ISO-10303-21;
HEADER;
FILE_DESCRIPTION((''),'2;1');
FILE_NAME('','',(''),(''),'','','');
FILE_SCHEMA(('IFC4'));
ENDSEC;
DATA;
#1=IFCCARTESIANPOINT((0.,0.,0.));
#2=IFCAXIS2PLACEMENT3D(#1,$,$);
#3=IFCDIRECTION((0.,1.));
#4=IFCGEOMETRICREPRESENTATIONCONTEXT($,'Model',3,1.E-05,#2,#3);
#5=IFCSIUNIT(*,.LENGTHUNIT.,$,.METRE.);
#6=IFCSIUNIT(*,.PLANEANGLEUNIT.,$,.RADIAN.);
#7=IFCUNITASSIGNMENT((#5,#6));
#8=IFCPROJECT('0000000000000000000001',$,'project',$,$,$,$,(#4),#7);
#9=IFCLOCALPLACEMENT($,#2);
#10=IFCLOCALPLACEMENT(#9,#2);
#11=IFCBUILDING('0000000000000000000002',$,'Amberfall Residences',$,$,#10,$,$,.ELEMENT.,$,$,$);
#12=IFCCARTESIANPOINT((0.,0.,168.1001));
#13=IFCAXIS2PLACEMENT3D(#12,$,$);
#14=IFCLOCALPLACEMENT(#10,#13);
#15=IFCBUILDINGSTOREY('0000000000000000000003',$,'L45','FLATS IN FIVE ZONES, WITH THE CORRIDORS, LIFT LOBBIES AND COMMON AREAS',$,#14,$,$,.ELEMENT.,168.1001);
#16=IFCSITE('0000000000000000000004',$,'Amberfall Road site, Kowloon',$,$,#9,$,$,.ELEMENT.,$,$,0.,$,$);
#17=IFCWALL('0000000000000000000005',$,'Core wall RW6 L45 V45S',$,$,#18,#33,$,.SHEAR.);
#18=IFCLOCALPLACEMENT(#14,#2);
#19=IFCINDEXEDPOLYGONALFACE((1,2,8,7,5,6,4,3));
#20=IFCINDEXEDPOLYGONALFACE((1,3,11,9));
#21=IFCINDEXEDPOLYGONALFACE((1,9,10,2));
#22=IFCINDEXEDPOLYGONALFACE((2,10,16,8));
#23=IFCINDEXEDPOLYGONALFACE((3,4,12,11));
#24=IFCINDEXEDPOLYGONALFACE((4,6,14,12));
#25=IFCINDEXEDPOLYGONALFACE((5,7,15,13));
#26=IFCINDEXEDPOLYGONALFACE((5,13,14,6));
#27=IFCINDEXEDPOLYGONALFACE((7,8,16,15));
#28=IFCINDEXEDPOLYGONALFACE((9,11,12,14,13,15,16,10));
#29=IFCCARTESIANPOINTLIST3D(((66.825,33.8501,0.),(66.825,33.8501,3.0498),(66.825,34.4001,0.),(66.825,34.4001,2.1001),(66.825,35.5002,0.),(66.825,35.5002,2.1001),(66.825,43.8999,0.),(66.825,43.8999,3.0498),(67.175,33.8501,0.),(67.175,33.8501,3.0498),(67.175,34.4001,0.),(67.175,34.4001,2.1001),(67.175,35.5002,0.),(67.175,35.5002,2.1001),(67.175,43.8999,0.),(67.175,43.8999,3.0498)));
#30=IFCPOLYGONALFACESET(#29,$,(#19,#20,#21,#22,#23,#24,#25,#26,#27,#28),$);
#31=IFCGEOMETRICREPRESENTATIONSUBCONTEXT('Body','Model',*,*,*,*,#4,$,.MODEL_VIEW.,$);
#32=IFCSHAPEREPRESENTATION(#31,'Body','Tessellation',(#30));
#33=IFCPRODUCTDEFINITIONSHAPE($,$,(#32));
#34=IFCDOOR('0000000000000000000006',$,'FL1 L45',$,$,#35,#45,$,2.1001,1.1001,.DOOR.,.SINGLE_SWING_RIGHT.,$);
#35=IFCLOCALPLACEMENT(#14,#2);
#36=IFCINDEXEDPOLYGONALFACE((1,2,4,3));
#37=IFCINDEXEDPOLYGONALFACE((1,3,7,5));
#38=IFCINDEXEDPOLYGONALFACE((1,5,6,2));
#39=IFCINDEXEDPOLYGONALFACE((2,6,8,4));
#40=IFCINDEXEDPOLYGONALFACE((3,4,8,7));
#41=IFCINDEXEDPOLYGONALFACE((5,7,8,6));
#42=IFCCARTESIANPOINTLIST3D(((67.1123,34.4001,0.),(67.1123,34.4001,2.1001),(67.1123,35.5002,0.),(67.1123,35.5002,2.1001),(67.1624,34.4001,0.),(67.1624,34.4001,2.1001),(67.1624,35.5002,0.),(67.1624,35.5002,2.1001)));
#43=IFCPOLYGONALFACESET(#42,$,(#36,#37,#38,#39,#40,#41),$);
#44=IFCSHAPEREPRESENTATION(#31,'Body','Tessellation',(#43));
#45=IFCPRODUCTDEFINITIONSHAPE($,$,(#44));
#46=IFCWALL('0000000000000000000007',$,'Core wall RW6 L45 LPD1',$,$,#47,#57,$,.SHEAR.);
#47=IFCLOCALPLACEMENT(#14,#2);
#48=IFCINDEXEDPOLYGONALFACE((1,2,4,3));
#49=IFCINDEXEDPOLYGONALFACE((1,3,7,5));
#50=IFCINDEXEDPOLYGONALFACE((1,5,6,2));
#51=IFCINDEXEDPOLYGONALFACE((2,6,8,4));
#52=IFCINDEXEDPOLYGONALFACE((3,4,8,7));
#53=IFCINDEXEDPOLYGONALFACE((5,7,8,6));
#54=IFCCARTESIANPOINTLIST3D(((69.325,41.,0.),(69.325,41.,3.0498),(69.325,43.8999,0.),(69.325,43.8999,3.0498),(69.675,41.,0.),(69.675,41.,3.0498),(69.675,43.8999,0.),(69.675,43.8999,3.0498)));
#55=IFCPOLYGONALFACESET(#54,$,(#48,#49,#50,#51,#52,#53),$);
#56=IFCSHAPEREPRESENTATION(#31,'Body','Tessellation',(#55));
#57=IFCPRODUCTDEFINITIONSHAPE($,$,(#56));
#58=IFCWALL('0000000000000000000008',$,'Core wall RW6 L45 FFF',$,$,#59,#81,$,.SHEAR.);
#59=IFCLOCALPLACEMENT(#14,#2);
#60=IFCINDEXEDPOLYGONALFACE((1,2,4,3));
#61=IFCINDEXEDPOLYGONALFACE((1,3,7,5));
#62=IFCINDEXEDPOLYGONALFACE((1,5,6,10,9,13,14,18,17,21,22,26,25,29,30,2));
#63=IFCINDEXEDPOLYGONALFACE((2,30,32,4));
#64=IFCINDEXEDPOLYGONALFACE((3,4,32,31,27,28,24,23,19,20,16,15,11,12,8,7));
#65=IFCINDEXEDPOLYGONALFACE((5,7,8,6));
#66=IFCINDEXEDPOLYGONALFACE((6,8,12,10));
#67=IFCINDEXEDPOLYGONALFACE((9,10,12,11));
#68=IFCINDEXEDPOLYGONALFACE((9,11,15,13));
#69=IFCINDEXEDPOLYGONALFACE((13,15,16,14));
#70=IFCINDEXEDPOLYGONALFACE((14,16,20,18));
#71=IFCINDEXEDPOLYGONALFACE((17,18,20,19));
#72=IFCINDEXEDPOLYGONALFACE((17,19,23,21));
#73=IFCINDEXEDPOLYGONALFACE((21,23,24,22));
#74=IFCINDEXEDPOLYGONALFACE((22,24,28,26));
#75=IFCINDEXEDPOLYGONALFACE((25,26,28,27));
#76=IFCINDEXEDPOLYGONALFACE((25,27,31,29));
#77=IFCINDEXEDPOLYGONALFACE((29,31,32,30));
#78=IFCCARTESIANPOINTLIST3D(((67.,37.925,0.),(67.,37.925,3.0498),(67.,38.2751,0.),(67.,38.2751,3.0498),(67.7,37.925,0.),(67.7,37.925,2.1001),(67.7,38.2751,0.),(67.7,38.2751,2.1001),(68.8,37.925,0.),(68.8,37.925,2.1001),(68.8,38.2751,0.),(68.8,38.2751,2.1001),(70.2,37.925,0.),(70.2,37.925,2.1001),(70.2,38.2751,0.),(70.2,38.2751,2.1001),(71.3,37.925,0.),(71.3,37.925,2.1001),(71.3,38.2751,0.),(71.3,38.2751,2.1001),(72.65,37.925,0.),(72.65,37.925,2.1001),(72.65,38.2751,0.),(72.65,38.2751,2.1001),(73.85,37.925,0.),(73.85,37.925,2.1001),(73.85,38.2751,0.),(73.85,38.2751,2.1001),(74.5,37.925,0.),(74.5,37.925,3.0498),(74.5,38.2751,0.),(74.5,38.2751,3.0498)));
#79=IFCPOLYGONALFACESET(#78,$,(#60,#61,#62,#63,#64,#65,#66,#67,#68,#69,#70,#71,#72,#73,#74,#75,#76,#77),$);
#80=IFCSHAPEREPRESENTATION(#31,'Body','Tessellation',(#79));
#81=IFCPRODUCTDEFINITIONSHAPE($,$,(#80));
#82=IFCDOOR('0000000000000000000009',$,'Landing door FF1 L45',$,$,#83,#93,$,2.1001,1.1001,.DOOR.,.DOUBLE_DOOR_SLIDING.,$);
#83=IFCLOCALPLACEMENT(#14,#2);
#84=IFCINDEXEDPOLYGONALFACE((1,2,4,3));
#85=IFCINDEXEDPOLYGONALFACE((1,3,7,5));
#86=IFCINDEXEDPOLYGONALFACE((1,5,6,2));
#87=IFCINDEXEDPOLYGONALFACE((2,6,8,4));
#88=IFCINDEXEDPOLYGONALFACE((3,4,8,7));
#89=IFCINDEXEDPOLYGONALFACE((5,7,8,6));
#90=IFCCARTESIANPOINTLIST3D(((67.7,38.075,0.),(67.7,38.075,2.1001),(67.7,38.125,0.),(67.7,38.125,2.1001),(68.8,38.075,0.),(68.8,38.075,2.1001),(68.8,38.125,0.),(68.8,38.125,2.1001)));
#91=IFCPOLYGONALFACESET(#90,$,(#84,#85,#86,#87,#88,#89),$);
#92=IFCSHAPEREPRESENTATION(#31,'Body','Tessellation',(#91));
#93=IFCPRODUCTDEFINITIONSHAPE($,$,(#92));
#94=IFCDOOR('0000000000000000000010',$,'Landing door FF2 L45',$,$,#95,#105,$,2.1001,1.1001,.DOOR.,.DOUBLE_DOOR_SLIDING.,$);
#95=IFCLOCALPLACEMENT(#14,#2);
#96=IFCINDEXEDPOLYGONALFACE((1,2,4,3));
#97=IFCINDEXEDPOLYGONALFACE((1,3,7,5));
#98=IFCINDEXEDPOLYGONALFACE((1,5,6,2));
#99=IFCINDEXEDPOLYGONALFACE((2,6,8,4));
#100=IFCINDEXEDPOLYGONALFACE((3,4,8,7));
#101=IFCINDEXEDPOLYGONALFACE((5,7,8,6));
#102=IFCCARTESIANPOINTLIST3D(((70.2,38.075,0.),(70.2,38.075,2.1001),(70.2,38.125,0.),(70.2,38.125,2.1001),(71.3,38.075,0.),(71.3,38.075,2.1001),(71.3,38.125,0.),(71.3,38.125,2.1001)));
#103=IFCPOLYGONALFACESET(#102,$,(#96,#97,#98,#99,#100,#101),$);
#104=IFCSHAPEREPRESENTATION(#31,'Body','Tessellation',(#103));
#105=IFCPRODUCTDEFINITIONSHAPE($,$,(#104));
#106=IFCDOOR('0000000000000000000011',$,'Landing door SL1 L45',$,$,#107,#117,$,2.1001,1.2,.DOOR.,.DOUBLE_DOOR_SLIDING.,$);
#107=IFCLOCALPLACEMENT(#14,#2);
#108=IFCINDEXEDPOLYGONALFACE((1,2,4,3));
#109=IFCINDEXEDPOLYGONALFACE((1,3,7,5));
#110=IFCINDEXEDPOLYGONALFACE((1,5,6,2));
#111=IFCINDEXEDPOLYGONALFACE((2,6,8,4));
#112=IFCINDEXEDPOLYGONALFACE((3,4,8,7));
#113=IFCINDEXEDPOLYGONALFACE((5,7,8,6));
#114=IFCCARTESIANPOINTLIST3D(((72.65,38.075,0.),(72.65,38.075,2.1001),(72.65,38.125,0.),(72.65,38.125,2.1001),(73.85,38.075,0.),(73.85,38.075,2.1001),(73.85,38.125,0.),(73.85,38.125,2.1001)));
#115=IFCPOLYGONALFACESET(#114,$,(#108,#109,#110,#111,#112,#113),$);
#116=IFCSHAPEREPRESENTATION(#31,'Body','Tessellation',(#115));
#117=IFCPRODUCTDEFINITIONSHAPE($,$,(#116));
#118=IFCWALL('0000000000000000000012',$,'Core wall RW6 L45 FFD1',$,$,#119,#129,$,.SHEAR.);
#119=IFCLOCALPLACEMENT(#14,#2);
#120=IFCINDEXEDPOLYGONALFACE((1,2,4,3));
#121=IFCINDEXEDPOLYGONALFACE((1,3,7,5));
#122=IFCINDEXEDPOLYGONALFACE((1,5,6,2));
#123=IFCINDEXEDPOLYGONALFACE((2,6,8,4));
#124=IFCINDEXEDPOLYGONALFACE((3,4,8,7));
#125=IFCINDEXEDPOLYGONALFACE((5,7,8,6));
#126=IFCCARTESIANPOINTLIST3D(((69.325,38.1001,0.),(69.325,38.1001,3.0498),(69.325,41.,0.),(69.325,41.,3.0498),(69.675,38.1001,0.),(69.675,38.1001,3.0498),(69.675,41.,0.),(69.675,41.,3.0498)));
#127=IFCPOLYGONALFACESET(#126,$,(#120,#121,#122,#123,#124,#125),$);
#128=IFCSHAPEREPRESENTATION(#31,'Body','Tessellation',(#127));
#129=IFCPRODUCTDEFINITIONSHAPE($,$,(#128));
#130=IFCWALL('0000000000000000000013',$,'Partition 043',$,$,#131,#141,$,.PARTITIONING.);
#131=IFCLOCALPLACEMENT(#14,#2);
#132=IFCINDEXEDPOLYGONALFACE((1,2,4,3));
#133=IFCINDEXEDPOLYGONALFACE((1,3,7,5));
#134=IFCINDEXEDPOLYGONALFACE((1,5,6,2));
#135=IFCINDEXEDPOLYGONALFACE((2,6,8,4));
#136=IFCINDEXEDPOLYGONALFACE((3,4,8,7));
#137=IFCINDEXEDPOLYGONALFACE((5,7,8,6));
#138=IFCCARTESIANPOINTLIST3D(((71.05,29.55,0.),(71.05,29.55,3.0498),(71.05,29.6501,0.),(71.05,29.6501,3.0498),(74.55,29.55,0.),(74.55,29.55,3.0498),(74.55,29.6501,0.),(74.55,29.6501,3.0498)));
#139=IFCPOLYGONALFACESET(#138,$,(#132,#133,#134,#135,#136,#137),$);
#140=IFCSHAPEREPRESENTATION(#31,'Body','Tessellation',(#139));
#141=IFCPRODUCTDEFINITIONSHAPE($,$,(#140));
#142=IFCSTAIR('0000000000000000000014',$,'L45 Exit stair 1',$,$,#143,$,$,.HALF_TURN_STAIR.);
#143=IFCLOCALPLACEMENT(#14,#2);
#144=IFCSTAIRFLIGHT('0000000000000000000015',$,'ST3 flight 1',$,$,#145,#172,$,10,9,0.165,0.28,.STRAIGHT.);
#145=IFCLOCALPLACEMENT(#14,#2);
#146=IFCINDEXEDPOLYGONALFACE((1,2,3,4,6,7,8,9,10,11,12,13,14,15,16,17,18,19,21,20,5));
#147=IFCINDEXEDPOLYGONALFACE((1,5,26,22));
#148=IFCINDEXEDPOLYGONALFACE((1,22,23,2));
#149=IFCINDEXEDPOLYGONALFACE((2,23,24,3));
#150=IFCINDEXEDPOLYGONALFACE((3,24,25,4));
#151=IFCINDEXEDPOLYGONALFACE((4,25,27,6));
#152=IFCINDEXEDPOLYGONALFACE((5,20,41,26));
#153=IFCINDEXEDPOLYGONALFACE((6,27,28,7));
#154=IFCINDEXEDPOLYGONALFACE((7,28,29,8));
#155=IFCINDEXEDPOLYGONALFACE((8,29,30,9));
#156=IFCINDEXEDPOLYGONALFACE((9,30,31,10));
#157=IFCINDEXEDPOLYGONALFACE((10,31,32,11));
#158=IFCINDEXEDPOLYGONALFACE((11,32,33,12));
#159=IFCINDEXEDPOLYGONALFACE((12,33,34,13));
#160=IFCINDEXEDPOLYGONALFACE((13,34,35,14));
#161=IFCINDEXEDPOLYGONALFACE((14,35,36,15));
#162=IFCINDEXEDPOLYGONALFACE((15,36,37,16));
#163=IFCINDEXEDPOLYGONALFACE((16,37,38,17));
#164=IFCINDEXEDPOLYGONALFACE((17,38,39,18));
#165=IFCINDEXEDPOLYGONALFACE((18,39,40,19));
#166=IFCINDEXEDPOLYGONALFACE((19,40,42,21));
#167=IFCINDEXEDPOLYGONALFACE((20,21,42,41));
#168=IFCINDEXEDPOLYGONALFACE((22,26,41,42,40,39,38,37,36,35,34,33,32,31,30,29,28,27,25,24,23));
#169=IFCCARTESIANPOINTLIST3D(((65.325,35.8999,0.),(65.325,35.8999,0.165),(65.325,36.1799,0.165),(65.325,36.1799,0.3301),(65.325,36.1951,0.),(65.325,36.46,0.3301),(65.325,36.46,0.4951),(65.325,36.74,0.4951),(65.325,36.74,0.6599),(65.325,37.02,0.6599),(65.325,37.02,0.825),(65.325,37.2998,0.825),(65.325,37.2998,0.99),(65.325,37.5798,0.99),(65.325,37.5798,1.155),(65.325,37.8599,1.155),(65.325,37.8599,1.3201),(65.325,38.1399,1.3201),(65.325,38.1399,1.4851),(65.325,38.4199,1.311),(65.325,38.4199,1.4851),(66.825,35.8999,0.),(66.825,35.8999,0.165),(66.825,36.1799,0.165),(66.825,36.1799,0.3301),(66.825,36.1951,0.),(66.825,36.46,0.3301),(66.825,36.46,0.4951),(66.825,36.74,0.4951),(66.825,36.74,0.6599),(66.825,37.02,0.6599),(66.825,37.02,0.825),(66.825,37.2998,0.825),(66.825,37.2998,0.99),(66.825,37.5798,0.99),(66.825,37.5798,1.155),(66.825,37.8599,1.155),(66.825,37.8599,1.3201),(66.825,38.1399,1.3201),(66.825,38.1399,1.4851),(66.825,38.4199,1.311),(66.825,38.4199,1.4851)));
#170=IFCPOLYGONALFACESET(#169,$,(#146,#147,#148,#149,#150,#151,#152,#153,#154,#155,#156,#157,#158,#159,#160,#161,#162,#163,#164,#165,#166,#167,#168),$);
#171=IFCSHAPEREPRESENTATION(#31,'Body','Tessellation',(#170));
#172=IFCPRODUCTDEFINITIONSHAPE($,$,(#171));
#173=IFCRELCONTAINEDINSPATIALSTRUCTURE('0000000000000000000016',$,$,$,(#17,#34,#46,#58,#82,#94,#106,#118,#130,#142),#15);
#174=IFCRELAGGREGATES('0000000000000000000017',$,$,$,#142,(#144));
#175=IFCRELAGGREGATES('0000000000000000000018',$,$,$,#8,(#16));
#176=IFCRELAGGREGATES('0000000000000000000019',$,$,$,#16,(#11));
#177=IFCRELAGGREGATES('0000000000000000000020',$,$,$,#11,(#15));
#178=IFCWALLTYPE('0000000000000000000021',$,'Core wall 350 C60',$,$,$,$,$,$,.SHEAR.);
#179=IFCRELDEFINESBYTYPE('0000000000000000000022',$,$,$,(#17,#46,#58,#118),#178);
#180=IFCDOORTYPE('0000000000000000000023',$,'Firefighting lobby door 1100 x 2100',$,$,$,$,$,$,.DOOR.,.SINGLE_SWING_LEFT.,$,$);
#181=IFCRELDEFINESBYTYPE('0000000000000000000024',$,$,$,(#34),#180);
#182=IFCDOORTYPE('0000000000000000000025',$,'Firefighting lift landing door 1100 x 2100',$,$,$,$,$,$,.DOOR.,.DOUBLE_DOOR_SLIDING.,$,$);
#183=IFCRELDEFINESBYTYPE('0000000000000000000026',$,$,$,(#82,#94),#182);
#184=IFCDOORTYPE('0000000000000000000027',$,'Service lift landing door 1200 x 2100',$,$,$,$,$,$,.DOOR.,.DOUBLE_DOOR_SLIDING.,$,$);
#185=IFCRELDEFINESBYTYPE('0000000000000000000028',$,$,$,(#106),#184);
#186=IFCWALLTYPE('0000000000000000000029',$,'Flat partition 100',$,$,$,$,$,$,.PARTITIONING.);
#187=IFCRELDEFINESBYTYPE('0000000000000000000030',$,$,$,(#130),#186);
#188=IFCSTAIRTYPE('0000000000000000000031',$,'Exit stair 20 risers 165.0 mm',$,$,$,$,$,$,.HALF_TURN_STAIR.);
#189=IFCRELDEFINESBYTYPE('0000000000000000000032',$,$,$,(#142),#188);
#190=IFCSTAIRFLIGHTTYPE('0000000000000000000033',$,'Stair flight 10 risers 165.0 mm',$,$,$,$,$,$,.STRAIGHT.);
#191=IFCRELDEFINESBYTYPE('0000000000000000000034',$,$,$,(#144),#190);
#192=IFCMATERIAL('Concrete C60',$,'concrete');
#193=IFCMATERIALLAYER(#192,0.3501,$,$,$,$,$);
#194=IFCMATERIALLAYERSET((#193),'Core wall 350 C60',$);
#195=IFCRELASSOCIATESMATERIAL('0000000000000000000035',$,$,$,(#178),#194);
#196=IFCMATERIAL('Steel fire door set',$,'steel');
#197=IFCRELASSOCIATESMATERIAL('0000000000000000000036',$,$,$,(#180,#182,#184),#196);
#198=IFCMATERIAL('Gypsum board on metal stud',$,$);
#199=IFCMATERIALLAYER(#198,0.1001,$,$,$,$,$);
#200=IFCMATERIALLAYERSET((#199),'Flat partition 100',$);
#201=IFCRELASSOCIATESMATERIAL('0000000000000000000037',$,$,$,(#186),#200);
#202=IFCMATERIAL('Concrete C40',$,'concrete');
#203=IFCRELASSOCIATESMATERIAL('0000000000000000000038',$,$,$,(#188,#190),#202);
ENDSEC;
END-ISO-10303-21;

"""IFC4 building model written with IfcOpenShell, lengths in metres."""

from ifc_helpers import new_model, si_unit, direction, frame, frame_2d, origin, place, context, subcontext, project, spatial, polyline, rectangle, outline, extrude, material, layer, layer_set, type_object, element, fill, aggregate, save


model = new_model("IFC4")

# Units and contexts
model_context = context("Model", 3, precision=1e-05, world=origin(), true_north=direction((0.0, 1.0)))
body_context = subcontext(model_context, "Body", "Model", "MODEL_VIEW")
ifc_project = project(units=[si_unit("LENGTHUNIT", "METRE"), si_unit("PLANEANGLEUNIT", "RADIAN")], contexts=[model_context])

# Site, building, storey
site_placement = place(None, origin())
site = spatial("IfcSite", under=ifc_project, at=site_placement, Name="Amberfall Road site, Kowloon", CompositionType="ELEMENT", RefElevation=0.0)
building_placement = place(site_placement, origin())
building = spatial("IfcBuilding", under=site, at=building_placement, Name="Amberfall Residences", CompositionType="ELEMENT")
storey_placement = place(building_placement, frame((0.0, 0.0, 168.1001)))
storey = spatial("IfcBuildingStorey", under=building, at=storey_placement, Name="L45", Description="FLATS IN FIVE ZONES, WITH THE CORRIDORS, LIFT LOBBIES AND COMMON AREAS", CompositionType="ELEMENT", Elevation=168.1001)

# Wall, opening, door
ifc_material_1 = material(Name="Concrete C60", Category="concrete")
ifc_layer_1 = layer(ifc_material_1, 0.3501)
ifc_layer_set_1 = layer_set([ifc_layer_1], Name="Core wall 350 C60")
wall_type_1 = type_object("IfcWallType", Name="Core wall 350 C60", PredefinedType="SHEAR", material=ifc_layer_set_1)
wall_1_placement = place(storey_placement, frame((67.0, 33.8501, 0.0), z_axis=(0.0, 0.0, 1.0), x_axis=(0.0, 1.0, 0.0)))
wall_1 = element("IfcWall", 1, at=wall_1_placement, inside=storey, type_object=wall_type_1, Name="Core wall RW6 L45 V45S", PredefinedType="SHEAR", context=body_context, shape_type="SweptSolid", body=[
    extrude(rectangle(XDim=10.0498, YDim=0.3501, at=frame_2d((5.0249, 0.0))), origin(), (0.0, 0.0, 1.0), 3.0498),
])
opening_1_placement = place(wall_1_placement, frame((0.55, 0.0, 0.0)))
opening_1 = element("IfcOpeningElement", 2, at=opening_1_placement, cuts=wall_1, PredefinedType="OPENING", context=body_context, shape_type="SweptSolid", body=[
    extrude(rectangle(XDim=1.1001, YDim=2.1001, at=frame_2d((0.55, 1.05))), frame((0.0, 0.1851, 0.0), z_axis=(0.0, -1.0, 0.0), x_axis=(1.0, 0.0, 0.0)), (0.0, 0.0, 1.0), 0.3701),
])
ifc_material_2 = material(Name="Steel fire door set", Category="steel")
door_type_1 = type_object("IfcDoorType", Name="Firefighting lobby door 1100 x 2100", OperationType="SINGLE_SWING_LEFT", PredefinedType="DOOR", material=ifc_material_2)
door_1_placement = place(opening_1_placement, origin())
door_1 = element("IfcDoor", 3, at=door_1_placement, inside=storey, type_object=door_type_1, Name="FL1 L45", OperationType="SINGLE_SWING_RIGHT", OverallHeight=2.1001, OverallWidth=1.1001, PredefinedType="DOOR", context=body_context, shape_type="SweptSolid", body=[
    extrude(rectangle(XDim=1.1001, YDim=2.1001, at=frame_2d((0.55, 1.05))), frame((0.0, -0.1123, 0.0), z_axis=(0.0, -1.0, 0.0), x_axis=(1.0, 0.0, 0.0)), (0.0, 0.0, 1.0), 0.05),
])
fill(opening_1, door_1)

# Wall
wall_2_placement = place(storey_placement, frame((69.5, 41.0, 0.0), z_axis=(0.0, 0.0, 1.0), x_axis=(0.0, 1.0, 0.0)))
element("IfcWall", 4, at=wall_2_placement, inside=storey, type_object=wall_type_1, Name="Core wall RW6 L45 LPD1", PredefinedType="SHEAR", context=body_context, shape_type="SweptSolid", body=[
    extrude(rectangle(XDim=2.8999, YDim=0.3501, at=frame_2d((1.45, 0.0))), origin(), (0.0, 0.0, 1.0), 3.0498),
])

# Wall, openings, doors
wall_3_placement = place(storey_placement, frame((67.0, 38.1001, 0.0), z_axis=(0.0, 0.0, 1.0), x_axis=(1.0, 0.0, 0.0)))
wall_3 = element("IfcWall", 5, at=wall_3_placement, inside=storey, type_object=wall_type_1, Name="Core wall RW6 L45 FFF", PredefinedType="SHEAR", context=body_context, shape_type="SweptSolid", body=[
    extrude(rectangle(XDim=7.5, YDim=0.3501, at=frame_2d((3.75, 0.0))), origin(), (0.0, 0.0, 1.0), 3.0498),
])
opening_2_placement = place(wall_3_placement, frame((0.7, 0.0, 0.0)))
opening_2 = element("IfcOpeningElement", 6, at=opening_2_placement, cuts=wall_3, PredefinedType="OPENING", context=body_context, shape_type="SweptSolid", body=[
    extrude(rectangle(XDim=1.1001, YDim=2.1001, at=frame_2d((0.55, 1.05))), frame((0.0, 0.1851, 0.0), z_axis=(0.0, -1.0, 0.0), x_axis=(1.0, 0.0, 0.0)), (0.0, 0.0, 1.0), 0.3701),
])
opening_3_placement = place(wall_3_placement, frame((3.2, 0.0, 0.0)))
opening_3 = element("IfcOpeningElement", 7, at=opening_3_placement, cuts=wall_3, PredefinedType="OPENING", context=body_context, shape_type="SweptSolid", body=[
    extrude(rectangle(XDim=1.1001, YDim=2.1001, at=frame_2d((0.55, 1.05))), frame((0.0, 0.1851, 0.0), z_axis=(0.0, -1.0, 0.0), x_axis=(1.0, 0.0, 0.0)), (0.0, 0.0, 1.0), 0.3701),
])
opening_4_placement = place(wall_3_placement, frame((5.6499, 0.0, 0.0)))
opening_4 = element("IfcOpeningElement", 8, at=opening_4_placement, cuts=wall_3, PredefinedType="OPENING", context=body_context, shape_type="SweptSolid", body=[
    extrude(rectangle(XDim=1.2, YDim=2.1001, at=frame_2d((0.6001, 1.05))), frame((0.0, 0.1851, 0.0), z_axis=(0.0, -1.0, 0.0), x_axis=(1.0, 0.0, 0.0)), (0.0, 0.0, 1.0), 0.3701),
])
door_type_2 = type_object("IfcDoorType", Name="Firefighting lift landing door 1100 x 2100", OperationType="DOUBLE_DOOR_SLIDING", PredefinedType="DOOR", material=ifc_material_2)
door_2_placement = place(opening_2_placement, origin())
door_2 = element("IfcDoor", 9, at=door_2_placement, inside=storey, type_object=door_type_2, Name="Landing door FF1 L45", OperationType="DOUBLE_DOOR_SLIDING", OverallHeight=2.1001, OverallWidth=1.1001, PredefinedType="DOOR", context=body_context, shape_type="SweptSolid", body=[
    extrude(rectangle(XDim=1.1001, YDim=2.1001, at=frame_2d((0.55, 1.05))), frame((0.0, 0.0249, 0.0), z_axis=(0.0, -1.0, 0.0), x_axis=(1.0, 0.0, 0.0)), (0.0, 0.0, 1.0), 0.05),
])
fill(opening_2, door_2)
door_3_placement = place(opening_3_placement, origin())
door_3 = element("IfcDoor", 10, at=door_3_placement, inside=storey, type_object=door_type_2, Name="Landing door FF2 L45", OperationType="DOUBLE_DOOR_SLIDING", OverallHeight=2.1001, OverallWidth=1.1001, PredefinedType="DOOR", context=body_context, shape_type="SweptSolid", body=[
    extrude(rectangle(XDim=1.1001, YDim=2.1001, at=frame_2d((0.55, 1.05))), frame((0.0, 0.0249, 0.0), z_axis=(0.0, -1.0, 0.0), x_axis=(1.0, 0.0, 0.0)), (0.0, 0.0, 1.0), 0.05),
])
fill(opening_3, door_3)
door_type_3 = type_object("IfcDoorType", Name="Service lift landing door 1200 x 2100", OperationType="DOUBLE_DOOR_SLIDING", PredefinedType="DOOR", material=ifc_material_2)
door_4_placement = place(opening_4_placement, origin())
door_4 = element("IfcDoor", 11, at=door_4_placement, inside=storey, type_object=door_type_3, Name="Landing door SL1 L45", OperationType="DOUBLE_DOOR_SLIDING", OverallHeight=2.1001, OverallWidth=1.2, PredefinedType="DOOR", context=body_context, shape_type="SweptSolid", body=[
    extrude(rectangle(XDim=1.2, YDim=2.1001, at=frame_2d((0.6001, 1.05))), frame((0.0, 0.0249, 0.0), z_axis=(0.0, -1.0, 0.0), x_axis=(1.0, 0.0, 0.0)), (0.0, 0.0, 1.0), 0.05),
])
fill(opening_4, door_4)

# Walls
wall_4_placement = place(storey_placement, frame((69.5, 38.1001, 0.0), z_axis=(0.0, 0.0, 1.0), x_axis=(0.0, 1.0, 0.0)))
element("IfcWall", 12, at=wall_4_placement, inside=storey, type_object=wall_type_1, Name="Core wall RW6 L45 FFD1", PredefinedType="SHEAR", context=body_context, shape_type="SweptSolid", body=[
    extrude(rectangle(XDim=2.8999, YDim=0.3501, at=frame_2d((1.45, 0.0))), origin(), (0.0, 0.0, 1.0), 3.0498),
])
ifc_material_3 = material(Name="Gypsum board on metal stud")
ifc_layer_2 = layer(ifc_material_3, 0.1001)
ifc_layer_set_2 = layer_set([ifc_layer_2], Name="Flat partition 100")
wall_type_2 = type_object("IfcWallType", Name="Flat partition 100", PredefinedType="PARTITIONING", material=ifc_layer_set_2)
wall_5_placement = place(storey_placement, frame((71.05, 29.6001, 0.0), z_axis=(0.0, 0.0, 1.0), x_axis=(1.0, 0.0, 0.0)))
element("IfcWall", 13, at=wall_5_placement, inside=storey, type_object=wall_type_2, Name="Partition 043", PredefinedType="PARTITIONING", context=body_context, shape_type="SweptSolid", body=[
    extrude(rectangle(XDim=3.5, YDim=0.1001, at=frame_2d((1.75, 0.0))), origin(), (0.0, 0.0, 1.0), 3.0498),
])

# Stair, stair flight
ifc_material_4 = material(Name="Concrete C40", Category="concrete")
stair_type = type_object("IfcStairType", Name="Exit stair 20 risers 165.0 mm", PredefinedType="HALF_TURN_STAIR", material=ifc_material_4)
stair_placement = place(storey_placement, origin())
stair = element("IfcStair", 14, at=stair_placement, inside=storey, type_object=stair_type, Name="L45 Exit stair 1", PredefinedType="HALF_TURN_STAIR")
stair_flight_type = type_object("IfcStairFlightType", Name="Stair flight 10 risers 165.0 mm", PredefinedType="STRAIGHT", material=ifc_material_4)
stair_flight_placement = place(storey_placement, frame((66.075, 35.8999, 0.0), z_axis=(0.0, 0.0, 1.0), x_axis=(0.0, 1.0, 0.0)))
stair_flight = element("IfcStairFlight", 15, at=stair_flight_placement, type_object=stair_flight_type, Name="ST3 flight 1", NumberOfRisers=10, NumberOfTreads=9, PredefinedType="STRAIGHT", RiserHeight=0.165, TreadLength=0.28, context=body_context, shape_type="SweptSolid", body=[
    extrude(outline(polyline([(0.0, 0.0), (0.0, 0.165), (0.28, 0.165), (0.28, 0.3301), (0.5601, 0.3301), (0.5601, 0.4951), (0.8401, 0.4951), (0.8401, 0.6599), (1.1201, 0.6599), (1.1201, 0.825), (1.3999, 0.825), (1.3999, 0.99), (1.6799, 0.99), (1.6799, 1.155), (1.96, 1.155), (1.96, 1.3201), (2.24, 1.3201), (2.24, 1.4851), (2.52, 1.4851), (2.52, 1.6499), (2.52, 1.311), (0.2952, 0.0), (0.0, 0.0)])), frame((0.0, 0.75, 0.0), z_axis=(0.0, -1.0, 0.0), x_axis=(1.0, 0.0, 0.0)), (0.0, 0.0, 1.0), 1.5),
])
aggregate(stair, [stair_flight])

save(model, "model.ifc")
